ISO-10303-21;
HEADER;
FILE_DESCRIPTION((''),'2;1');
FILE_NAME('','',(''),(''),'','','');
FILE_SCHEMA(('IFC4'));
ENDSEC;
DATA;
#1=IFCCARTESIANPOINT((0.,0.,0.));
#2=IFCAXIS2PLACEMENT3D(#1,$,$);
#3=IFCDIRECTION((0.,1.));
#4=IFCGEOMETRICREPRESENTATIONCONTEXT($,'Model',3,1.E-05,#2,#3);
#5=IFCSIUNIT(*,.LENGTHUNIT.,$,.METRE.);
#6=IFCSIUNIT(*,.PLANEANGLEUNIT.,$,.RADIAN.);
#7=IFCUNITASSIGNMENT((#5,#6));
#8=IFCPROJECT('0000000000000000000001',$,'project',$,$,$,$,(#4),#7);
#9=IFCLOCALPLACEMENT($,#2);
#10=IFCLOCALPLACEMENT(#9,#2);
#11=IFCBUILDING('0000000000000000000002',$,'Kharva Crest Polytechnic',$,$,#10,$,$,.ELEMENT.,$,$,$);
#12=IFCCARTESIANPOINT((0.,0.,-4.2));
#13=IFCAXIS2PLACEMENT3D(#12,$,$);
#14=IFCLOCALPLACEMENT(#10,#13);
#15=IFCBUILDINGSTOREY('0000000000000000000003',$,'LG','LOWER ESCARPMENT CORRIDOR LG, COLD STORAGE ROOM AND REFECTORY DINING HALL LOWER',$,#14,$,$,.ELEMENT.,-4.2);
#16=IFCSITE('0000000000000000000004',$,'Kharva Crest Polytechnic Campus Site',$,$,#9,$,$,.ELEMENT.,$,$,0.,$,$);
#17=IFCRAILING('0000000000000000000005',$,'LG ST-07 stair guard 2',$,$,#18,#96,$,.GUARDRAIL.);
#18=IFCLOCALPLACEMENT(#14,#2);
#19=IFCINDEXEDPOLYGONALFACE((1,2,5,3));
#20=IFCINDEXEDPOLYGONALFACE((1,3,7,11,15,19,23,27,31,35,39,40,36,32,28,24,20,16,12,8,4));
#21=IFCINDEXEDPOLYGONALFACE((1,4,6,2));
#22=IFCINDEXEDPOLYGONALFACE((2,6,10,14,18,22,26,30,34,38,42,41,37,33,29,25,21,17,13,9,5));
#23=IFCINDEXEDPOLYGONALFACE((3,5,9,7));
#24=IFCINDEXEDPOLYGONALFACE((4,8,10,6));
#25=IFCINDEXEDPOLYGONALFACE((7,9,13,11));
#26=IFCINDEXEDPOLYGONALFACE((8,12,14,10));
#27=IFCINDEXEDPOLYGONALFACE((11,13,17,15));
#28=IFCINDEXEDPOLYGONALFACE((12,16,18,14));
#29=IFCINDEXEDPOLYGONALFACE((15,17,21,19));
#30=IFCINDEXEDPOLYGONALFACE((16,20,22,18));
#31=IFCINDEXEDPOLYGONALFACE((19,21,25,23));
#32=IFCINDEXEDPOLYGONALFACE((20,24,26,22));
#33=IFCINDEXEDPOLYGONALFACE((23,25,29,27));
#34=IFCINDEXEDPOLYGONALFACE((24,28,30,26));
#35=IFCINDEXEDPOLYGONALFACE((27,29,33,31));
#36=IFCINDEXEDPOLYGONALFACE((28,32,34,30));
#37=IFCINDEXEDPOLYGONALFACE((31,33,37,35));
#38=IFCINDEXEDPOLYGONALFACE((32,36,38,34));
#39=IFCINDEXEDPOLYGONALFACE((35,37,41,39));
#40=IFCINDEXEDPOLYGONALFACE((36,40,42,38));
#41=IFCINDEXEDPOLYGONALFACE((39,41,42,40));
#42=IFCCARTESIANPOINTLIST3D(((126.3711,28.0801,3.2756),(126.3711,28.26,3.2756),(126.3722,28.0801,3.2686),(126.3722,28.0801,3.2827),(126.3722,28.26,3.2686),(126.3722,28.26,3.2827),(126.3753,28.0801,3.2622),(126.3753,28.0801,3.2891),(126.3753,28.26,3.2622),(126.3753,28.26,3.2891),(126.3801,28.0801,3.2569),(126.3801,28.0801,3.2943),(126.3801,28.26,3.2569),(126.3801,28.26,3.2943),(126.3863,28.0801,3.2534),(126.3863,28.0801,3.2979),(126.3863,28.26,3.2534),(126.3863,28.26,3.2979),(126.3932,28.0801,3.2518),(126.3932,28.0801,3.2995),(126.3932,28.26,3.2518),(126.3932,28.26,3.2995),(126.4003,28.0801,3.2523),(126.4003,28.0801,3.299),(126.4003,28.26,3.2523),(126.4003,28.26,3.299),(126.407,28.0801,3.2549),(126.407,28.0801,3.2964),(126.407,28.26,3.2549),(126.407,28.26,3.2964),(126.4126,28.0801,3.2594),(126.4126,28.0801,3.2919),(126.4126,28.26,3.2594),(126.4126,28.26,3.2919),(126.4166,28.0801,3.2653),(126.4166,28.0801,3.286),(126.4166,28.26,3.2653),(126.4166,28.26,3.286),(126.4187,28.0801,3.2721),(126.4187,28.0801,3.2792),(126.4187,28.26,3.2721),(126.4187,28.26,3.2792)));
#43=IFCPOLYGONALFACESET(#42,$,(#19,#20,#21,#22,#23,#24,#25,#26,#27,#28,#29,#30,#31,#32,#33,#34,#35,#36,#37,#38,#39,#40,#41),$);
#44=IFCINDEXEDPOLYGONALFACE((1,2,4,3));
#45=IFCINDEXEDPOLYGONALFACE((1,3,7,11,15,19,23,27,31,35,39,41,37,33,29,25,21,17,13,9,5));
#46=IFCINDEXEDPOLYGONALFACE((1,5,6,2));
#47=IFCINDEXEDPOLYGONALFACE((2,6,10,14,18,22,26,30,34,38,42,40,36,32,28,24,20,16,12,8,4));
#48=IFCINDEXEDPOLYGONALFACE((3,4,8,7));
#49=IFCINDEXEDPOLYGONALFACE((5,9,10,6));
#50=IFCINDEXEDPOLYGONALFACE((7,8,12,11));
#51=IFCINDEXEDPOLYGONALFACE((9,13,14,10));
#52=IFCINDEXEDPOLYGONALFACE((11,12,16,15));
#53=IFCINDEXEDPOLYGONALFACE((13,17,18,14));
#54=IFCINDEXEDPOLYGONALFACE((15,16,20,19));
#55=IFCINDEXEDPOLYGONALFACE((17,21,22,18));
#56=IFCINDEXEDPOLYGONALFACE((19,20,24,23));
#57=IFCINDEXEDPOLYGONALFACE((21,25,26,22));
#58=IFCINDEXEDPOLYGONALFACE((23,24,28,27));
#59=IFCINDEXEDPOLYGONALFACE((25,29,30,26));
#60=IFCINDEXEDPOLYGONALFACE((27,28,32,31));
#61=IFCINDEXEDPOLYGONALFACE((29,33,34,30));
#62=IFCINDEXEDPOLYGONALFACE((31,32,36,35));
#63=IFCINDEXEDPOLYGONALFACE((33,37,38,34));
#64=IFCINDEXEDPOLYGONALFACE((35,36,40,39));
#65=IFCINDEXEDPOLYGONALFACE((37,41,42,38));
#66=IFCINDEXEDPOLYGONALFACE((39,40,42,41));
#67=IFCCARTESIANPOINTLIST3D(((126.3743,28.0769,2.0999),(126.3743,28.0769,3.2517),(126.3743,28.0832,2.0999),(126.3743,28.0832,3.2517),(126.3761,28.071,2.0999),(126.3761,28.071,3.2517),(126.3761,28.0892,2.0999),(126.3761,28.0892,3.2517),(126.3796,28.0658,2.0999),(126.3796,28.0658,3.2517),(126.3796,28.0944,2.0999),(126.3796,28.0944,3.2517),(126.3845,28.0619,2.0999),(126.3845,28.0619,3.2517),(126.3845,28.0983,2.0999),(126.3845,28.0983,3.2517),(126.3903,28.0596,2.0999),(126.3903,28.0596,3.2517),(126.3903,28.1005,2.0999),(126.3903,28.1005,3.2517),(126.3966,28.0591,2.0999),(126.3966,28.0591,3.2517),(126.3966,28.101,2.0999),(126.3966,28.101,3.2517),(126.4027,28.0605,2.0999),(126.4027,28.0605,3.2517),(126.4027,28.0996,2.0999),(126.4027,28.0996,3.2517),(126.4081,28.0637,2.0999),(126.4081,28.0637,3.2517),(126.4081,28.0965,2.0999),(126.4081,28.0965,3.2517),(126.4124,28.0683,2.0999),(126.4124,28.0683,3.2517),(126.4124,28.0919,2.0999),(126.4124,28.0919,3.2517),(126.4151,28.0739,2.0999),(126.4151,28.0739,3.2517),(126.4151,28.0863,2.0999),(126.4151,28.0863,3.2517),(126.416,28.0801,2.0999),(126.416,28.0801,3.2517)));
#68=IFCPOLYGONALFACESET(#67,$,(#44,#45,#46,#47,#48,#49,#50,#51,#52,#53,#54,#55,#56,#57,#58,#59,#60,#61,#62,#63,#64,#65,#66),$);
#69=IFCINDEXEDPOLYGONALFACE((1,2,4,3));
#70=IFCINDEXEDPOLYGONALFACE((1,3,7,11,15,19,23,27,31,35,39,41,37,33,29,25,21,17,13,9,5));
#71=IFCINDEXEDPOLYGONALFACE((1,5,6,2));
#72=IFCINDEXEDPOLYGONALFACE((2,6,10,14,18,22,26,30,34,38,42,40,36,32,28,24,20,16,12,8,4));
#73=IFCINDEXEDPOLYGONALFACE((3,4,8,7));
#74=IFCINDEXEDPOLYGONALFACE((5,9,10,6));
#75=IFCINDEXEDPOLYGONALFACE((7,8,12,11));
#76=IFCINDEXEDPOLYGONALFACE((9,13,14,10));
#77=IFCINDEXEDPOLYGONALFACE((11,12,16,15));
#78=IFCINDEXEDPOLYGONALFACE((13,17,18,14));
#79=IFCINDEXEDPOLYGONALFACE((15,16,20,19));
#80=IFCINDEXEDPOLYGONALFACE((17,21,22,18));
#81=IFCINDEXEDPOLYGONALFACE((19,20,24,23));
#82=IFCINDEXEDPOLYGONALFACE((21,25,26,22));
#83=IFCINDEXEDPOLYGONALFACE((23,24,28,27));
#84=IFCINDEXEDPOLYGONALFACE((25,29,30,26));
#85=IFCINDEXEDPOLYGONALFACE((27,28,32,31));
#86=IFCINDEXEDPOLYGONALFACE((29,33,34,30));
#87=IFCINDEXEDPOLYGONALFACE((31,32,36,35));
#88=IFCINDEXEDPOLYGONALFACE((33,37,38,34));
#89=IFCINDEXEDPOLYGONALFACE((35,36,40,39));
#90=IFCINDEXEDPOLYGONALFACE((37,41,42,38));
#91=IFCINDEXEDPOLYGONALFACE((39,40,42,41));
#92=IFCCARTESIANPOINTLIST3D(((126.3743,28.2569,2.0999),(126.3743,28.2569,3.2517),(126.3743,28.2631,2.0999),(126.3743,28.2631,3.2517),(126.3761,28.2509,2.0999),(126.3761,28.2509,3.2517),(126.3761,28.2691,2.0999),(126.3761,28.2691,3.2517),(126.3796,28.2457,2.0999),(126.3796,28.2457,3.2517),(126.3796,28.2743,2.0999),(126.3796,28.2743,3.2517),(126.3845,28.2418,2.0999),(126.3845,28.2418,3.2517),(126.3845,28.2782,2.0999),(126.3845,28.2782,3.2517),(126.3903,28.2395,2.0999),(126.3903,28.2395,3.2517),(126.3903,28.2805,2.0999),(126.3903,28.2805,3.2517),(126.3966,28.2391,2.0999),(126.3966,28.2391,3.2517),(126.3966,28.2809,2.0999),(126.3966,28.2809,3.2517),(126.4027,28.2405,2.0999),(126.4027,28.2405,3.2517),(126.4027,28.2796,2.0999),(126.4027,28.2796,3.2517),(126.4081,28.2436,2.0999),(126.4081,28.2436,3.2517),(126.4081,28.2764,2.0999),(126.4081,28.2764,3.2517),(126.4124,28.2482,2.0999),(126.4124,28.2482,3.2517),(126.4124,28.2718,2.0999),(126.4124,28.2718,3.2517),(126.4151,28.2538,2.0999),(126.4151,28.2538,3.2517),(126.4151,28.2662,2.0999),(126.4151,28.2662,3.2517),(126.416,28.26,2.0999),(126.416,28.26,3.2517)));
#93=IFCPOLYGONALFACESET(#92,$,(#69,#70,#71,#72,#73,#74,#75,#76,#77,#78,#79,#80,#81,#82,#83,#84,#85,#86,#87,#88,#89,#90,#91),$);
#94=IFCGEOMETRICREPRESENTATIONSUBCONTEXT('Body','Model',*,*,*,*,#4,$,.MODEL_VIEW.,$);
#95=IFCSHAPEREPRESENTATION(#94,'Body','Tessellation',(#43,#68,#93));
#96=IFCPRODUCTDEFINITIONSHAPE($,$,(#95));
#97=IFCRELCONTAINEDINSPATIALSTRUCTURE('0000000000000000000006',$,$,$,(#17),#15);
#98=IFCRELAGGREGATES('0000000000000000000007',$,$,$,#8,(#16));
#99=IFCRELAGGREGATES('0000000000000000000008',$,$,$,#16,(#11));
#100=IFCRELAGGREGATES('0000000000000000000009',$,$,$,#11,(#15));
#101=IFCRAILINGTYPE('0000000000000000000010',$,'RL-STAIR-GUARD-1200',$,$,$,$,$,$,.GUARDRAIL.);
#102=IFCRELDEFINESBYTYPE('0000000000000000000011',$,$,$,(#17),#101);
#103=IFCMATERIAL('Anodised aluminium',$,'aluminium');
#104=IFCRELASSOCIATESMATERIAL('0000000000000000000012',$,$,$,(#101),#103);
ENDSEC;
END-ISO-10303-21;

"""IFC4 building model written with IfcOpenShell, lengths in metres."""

from ifc_helpers import new_model, si_unit, direction, frame, origin, origin_2d, place, context, subcontext, project, spatial, circle, extrude, material, type_object, element, save


model = new_model("IFC4")

# Units and contexts
model_context = context("Model", 3, precision=1e-05, world=origin(), true_north=direction((0.0, 1.0)))
body_context = subcontext(model_context, "Body", "Model", "MODEL_VIEW")
ifc_project = project(units=[si_unit("LENGTHUNIT", "METRE"), si_unit("PLANEANGLEUNIT", "RADIAN")], contexts=[model_context])

# Site, building, storey
site_placement = place(None, origin())
site = spatial("IfcSite", under=ifc_project, at=site_placement, Name="Kharva Crest Polytechnic Campus Site", CompositionType="ELEMENT", RefElevation=0.0)
building_placement = place(site_placement, origin())
building = spatial("IfcBuilding", under=site, at=building_placement, Name="Kharva Crest Polytechnic", CompositionType="ELEMENT")
storey_placement = place(building_placement, frame((0.0, 0.0, -4.2)))
storey = spatial("IfcBuildingStorey", under=building, at=storey_placement, Name="LG", Description="LOWER ESCARPMENT CORRIDOR LG, COLD STORAGE ROOM AND REFECTORY DINING HALL LOWER", CompositionType="ELEMENT", Elevation=-4.2)

# Railing
ifc_material_1 = material(Name="Anodised aluminium", Category="aluminium")
railing_type_1 = type_object("IfcRailingType", Name="RL-STAIR-GUARD-1200", PredefinedType="GUARDRAIL", material=ifc_material_1)
railing_1_placement = place(storey_placement, frame((126.395, 28.0801, 2.0999)))
element("IfcRailing", 1, at=railing_1_placement, inside=storey, type_object=railing_type_1, Name="LG ST-07 stair guard 2", PredefinedType="GUARDRAIL", context=body_context, shape_type="SweptSolid", body=[
    extrude(circle(Radius=0.0239, at=origin_2d()), frame((0.0, 0.0, 1.1758), z_axis=(0.0, 1.0, 0.0), x_axis=(-1.0, 0.0, 0.0)), (0.0, 0.0, 1.0), 0.1799),
    extrude(circle(Radius=0.021, at=origin_2d()), origin(), (0.0, 0.0, 1.0), 1.1519),
    extrude(circle(Radius=0.021, at=origin_2d()), frame((0.0, 0.1799, 0.0)), (0.0, 0.0, 1.0), 1.1519),
])

save(model, "model.ifc")
